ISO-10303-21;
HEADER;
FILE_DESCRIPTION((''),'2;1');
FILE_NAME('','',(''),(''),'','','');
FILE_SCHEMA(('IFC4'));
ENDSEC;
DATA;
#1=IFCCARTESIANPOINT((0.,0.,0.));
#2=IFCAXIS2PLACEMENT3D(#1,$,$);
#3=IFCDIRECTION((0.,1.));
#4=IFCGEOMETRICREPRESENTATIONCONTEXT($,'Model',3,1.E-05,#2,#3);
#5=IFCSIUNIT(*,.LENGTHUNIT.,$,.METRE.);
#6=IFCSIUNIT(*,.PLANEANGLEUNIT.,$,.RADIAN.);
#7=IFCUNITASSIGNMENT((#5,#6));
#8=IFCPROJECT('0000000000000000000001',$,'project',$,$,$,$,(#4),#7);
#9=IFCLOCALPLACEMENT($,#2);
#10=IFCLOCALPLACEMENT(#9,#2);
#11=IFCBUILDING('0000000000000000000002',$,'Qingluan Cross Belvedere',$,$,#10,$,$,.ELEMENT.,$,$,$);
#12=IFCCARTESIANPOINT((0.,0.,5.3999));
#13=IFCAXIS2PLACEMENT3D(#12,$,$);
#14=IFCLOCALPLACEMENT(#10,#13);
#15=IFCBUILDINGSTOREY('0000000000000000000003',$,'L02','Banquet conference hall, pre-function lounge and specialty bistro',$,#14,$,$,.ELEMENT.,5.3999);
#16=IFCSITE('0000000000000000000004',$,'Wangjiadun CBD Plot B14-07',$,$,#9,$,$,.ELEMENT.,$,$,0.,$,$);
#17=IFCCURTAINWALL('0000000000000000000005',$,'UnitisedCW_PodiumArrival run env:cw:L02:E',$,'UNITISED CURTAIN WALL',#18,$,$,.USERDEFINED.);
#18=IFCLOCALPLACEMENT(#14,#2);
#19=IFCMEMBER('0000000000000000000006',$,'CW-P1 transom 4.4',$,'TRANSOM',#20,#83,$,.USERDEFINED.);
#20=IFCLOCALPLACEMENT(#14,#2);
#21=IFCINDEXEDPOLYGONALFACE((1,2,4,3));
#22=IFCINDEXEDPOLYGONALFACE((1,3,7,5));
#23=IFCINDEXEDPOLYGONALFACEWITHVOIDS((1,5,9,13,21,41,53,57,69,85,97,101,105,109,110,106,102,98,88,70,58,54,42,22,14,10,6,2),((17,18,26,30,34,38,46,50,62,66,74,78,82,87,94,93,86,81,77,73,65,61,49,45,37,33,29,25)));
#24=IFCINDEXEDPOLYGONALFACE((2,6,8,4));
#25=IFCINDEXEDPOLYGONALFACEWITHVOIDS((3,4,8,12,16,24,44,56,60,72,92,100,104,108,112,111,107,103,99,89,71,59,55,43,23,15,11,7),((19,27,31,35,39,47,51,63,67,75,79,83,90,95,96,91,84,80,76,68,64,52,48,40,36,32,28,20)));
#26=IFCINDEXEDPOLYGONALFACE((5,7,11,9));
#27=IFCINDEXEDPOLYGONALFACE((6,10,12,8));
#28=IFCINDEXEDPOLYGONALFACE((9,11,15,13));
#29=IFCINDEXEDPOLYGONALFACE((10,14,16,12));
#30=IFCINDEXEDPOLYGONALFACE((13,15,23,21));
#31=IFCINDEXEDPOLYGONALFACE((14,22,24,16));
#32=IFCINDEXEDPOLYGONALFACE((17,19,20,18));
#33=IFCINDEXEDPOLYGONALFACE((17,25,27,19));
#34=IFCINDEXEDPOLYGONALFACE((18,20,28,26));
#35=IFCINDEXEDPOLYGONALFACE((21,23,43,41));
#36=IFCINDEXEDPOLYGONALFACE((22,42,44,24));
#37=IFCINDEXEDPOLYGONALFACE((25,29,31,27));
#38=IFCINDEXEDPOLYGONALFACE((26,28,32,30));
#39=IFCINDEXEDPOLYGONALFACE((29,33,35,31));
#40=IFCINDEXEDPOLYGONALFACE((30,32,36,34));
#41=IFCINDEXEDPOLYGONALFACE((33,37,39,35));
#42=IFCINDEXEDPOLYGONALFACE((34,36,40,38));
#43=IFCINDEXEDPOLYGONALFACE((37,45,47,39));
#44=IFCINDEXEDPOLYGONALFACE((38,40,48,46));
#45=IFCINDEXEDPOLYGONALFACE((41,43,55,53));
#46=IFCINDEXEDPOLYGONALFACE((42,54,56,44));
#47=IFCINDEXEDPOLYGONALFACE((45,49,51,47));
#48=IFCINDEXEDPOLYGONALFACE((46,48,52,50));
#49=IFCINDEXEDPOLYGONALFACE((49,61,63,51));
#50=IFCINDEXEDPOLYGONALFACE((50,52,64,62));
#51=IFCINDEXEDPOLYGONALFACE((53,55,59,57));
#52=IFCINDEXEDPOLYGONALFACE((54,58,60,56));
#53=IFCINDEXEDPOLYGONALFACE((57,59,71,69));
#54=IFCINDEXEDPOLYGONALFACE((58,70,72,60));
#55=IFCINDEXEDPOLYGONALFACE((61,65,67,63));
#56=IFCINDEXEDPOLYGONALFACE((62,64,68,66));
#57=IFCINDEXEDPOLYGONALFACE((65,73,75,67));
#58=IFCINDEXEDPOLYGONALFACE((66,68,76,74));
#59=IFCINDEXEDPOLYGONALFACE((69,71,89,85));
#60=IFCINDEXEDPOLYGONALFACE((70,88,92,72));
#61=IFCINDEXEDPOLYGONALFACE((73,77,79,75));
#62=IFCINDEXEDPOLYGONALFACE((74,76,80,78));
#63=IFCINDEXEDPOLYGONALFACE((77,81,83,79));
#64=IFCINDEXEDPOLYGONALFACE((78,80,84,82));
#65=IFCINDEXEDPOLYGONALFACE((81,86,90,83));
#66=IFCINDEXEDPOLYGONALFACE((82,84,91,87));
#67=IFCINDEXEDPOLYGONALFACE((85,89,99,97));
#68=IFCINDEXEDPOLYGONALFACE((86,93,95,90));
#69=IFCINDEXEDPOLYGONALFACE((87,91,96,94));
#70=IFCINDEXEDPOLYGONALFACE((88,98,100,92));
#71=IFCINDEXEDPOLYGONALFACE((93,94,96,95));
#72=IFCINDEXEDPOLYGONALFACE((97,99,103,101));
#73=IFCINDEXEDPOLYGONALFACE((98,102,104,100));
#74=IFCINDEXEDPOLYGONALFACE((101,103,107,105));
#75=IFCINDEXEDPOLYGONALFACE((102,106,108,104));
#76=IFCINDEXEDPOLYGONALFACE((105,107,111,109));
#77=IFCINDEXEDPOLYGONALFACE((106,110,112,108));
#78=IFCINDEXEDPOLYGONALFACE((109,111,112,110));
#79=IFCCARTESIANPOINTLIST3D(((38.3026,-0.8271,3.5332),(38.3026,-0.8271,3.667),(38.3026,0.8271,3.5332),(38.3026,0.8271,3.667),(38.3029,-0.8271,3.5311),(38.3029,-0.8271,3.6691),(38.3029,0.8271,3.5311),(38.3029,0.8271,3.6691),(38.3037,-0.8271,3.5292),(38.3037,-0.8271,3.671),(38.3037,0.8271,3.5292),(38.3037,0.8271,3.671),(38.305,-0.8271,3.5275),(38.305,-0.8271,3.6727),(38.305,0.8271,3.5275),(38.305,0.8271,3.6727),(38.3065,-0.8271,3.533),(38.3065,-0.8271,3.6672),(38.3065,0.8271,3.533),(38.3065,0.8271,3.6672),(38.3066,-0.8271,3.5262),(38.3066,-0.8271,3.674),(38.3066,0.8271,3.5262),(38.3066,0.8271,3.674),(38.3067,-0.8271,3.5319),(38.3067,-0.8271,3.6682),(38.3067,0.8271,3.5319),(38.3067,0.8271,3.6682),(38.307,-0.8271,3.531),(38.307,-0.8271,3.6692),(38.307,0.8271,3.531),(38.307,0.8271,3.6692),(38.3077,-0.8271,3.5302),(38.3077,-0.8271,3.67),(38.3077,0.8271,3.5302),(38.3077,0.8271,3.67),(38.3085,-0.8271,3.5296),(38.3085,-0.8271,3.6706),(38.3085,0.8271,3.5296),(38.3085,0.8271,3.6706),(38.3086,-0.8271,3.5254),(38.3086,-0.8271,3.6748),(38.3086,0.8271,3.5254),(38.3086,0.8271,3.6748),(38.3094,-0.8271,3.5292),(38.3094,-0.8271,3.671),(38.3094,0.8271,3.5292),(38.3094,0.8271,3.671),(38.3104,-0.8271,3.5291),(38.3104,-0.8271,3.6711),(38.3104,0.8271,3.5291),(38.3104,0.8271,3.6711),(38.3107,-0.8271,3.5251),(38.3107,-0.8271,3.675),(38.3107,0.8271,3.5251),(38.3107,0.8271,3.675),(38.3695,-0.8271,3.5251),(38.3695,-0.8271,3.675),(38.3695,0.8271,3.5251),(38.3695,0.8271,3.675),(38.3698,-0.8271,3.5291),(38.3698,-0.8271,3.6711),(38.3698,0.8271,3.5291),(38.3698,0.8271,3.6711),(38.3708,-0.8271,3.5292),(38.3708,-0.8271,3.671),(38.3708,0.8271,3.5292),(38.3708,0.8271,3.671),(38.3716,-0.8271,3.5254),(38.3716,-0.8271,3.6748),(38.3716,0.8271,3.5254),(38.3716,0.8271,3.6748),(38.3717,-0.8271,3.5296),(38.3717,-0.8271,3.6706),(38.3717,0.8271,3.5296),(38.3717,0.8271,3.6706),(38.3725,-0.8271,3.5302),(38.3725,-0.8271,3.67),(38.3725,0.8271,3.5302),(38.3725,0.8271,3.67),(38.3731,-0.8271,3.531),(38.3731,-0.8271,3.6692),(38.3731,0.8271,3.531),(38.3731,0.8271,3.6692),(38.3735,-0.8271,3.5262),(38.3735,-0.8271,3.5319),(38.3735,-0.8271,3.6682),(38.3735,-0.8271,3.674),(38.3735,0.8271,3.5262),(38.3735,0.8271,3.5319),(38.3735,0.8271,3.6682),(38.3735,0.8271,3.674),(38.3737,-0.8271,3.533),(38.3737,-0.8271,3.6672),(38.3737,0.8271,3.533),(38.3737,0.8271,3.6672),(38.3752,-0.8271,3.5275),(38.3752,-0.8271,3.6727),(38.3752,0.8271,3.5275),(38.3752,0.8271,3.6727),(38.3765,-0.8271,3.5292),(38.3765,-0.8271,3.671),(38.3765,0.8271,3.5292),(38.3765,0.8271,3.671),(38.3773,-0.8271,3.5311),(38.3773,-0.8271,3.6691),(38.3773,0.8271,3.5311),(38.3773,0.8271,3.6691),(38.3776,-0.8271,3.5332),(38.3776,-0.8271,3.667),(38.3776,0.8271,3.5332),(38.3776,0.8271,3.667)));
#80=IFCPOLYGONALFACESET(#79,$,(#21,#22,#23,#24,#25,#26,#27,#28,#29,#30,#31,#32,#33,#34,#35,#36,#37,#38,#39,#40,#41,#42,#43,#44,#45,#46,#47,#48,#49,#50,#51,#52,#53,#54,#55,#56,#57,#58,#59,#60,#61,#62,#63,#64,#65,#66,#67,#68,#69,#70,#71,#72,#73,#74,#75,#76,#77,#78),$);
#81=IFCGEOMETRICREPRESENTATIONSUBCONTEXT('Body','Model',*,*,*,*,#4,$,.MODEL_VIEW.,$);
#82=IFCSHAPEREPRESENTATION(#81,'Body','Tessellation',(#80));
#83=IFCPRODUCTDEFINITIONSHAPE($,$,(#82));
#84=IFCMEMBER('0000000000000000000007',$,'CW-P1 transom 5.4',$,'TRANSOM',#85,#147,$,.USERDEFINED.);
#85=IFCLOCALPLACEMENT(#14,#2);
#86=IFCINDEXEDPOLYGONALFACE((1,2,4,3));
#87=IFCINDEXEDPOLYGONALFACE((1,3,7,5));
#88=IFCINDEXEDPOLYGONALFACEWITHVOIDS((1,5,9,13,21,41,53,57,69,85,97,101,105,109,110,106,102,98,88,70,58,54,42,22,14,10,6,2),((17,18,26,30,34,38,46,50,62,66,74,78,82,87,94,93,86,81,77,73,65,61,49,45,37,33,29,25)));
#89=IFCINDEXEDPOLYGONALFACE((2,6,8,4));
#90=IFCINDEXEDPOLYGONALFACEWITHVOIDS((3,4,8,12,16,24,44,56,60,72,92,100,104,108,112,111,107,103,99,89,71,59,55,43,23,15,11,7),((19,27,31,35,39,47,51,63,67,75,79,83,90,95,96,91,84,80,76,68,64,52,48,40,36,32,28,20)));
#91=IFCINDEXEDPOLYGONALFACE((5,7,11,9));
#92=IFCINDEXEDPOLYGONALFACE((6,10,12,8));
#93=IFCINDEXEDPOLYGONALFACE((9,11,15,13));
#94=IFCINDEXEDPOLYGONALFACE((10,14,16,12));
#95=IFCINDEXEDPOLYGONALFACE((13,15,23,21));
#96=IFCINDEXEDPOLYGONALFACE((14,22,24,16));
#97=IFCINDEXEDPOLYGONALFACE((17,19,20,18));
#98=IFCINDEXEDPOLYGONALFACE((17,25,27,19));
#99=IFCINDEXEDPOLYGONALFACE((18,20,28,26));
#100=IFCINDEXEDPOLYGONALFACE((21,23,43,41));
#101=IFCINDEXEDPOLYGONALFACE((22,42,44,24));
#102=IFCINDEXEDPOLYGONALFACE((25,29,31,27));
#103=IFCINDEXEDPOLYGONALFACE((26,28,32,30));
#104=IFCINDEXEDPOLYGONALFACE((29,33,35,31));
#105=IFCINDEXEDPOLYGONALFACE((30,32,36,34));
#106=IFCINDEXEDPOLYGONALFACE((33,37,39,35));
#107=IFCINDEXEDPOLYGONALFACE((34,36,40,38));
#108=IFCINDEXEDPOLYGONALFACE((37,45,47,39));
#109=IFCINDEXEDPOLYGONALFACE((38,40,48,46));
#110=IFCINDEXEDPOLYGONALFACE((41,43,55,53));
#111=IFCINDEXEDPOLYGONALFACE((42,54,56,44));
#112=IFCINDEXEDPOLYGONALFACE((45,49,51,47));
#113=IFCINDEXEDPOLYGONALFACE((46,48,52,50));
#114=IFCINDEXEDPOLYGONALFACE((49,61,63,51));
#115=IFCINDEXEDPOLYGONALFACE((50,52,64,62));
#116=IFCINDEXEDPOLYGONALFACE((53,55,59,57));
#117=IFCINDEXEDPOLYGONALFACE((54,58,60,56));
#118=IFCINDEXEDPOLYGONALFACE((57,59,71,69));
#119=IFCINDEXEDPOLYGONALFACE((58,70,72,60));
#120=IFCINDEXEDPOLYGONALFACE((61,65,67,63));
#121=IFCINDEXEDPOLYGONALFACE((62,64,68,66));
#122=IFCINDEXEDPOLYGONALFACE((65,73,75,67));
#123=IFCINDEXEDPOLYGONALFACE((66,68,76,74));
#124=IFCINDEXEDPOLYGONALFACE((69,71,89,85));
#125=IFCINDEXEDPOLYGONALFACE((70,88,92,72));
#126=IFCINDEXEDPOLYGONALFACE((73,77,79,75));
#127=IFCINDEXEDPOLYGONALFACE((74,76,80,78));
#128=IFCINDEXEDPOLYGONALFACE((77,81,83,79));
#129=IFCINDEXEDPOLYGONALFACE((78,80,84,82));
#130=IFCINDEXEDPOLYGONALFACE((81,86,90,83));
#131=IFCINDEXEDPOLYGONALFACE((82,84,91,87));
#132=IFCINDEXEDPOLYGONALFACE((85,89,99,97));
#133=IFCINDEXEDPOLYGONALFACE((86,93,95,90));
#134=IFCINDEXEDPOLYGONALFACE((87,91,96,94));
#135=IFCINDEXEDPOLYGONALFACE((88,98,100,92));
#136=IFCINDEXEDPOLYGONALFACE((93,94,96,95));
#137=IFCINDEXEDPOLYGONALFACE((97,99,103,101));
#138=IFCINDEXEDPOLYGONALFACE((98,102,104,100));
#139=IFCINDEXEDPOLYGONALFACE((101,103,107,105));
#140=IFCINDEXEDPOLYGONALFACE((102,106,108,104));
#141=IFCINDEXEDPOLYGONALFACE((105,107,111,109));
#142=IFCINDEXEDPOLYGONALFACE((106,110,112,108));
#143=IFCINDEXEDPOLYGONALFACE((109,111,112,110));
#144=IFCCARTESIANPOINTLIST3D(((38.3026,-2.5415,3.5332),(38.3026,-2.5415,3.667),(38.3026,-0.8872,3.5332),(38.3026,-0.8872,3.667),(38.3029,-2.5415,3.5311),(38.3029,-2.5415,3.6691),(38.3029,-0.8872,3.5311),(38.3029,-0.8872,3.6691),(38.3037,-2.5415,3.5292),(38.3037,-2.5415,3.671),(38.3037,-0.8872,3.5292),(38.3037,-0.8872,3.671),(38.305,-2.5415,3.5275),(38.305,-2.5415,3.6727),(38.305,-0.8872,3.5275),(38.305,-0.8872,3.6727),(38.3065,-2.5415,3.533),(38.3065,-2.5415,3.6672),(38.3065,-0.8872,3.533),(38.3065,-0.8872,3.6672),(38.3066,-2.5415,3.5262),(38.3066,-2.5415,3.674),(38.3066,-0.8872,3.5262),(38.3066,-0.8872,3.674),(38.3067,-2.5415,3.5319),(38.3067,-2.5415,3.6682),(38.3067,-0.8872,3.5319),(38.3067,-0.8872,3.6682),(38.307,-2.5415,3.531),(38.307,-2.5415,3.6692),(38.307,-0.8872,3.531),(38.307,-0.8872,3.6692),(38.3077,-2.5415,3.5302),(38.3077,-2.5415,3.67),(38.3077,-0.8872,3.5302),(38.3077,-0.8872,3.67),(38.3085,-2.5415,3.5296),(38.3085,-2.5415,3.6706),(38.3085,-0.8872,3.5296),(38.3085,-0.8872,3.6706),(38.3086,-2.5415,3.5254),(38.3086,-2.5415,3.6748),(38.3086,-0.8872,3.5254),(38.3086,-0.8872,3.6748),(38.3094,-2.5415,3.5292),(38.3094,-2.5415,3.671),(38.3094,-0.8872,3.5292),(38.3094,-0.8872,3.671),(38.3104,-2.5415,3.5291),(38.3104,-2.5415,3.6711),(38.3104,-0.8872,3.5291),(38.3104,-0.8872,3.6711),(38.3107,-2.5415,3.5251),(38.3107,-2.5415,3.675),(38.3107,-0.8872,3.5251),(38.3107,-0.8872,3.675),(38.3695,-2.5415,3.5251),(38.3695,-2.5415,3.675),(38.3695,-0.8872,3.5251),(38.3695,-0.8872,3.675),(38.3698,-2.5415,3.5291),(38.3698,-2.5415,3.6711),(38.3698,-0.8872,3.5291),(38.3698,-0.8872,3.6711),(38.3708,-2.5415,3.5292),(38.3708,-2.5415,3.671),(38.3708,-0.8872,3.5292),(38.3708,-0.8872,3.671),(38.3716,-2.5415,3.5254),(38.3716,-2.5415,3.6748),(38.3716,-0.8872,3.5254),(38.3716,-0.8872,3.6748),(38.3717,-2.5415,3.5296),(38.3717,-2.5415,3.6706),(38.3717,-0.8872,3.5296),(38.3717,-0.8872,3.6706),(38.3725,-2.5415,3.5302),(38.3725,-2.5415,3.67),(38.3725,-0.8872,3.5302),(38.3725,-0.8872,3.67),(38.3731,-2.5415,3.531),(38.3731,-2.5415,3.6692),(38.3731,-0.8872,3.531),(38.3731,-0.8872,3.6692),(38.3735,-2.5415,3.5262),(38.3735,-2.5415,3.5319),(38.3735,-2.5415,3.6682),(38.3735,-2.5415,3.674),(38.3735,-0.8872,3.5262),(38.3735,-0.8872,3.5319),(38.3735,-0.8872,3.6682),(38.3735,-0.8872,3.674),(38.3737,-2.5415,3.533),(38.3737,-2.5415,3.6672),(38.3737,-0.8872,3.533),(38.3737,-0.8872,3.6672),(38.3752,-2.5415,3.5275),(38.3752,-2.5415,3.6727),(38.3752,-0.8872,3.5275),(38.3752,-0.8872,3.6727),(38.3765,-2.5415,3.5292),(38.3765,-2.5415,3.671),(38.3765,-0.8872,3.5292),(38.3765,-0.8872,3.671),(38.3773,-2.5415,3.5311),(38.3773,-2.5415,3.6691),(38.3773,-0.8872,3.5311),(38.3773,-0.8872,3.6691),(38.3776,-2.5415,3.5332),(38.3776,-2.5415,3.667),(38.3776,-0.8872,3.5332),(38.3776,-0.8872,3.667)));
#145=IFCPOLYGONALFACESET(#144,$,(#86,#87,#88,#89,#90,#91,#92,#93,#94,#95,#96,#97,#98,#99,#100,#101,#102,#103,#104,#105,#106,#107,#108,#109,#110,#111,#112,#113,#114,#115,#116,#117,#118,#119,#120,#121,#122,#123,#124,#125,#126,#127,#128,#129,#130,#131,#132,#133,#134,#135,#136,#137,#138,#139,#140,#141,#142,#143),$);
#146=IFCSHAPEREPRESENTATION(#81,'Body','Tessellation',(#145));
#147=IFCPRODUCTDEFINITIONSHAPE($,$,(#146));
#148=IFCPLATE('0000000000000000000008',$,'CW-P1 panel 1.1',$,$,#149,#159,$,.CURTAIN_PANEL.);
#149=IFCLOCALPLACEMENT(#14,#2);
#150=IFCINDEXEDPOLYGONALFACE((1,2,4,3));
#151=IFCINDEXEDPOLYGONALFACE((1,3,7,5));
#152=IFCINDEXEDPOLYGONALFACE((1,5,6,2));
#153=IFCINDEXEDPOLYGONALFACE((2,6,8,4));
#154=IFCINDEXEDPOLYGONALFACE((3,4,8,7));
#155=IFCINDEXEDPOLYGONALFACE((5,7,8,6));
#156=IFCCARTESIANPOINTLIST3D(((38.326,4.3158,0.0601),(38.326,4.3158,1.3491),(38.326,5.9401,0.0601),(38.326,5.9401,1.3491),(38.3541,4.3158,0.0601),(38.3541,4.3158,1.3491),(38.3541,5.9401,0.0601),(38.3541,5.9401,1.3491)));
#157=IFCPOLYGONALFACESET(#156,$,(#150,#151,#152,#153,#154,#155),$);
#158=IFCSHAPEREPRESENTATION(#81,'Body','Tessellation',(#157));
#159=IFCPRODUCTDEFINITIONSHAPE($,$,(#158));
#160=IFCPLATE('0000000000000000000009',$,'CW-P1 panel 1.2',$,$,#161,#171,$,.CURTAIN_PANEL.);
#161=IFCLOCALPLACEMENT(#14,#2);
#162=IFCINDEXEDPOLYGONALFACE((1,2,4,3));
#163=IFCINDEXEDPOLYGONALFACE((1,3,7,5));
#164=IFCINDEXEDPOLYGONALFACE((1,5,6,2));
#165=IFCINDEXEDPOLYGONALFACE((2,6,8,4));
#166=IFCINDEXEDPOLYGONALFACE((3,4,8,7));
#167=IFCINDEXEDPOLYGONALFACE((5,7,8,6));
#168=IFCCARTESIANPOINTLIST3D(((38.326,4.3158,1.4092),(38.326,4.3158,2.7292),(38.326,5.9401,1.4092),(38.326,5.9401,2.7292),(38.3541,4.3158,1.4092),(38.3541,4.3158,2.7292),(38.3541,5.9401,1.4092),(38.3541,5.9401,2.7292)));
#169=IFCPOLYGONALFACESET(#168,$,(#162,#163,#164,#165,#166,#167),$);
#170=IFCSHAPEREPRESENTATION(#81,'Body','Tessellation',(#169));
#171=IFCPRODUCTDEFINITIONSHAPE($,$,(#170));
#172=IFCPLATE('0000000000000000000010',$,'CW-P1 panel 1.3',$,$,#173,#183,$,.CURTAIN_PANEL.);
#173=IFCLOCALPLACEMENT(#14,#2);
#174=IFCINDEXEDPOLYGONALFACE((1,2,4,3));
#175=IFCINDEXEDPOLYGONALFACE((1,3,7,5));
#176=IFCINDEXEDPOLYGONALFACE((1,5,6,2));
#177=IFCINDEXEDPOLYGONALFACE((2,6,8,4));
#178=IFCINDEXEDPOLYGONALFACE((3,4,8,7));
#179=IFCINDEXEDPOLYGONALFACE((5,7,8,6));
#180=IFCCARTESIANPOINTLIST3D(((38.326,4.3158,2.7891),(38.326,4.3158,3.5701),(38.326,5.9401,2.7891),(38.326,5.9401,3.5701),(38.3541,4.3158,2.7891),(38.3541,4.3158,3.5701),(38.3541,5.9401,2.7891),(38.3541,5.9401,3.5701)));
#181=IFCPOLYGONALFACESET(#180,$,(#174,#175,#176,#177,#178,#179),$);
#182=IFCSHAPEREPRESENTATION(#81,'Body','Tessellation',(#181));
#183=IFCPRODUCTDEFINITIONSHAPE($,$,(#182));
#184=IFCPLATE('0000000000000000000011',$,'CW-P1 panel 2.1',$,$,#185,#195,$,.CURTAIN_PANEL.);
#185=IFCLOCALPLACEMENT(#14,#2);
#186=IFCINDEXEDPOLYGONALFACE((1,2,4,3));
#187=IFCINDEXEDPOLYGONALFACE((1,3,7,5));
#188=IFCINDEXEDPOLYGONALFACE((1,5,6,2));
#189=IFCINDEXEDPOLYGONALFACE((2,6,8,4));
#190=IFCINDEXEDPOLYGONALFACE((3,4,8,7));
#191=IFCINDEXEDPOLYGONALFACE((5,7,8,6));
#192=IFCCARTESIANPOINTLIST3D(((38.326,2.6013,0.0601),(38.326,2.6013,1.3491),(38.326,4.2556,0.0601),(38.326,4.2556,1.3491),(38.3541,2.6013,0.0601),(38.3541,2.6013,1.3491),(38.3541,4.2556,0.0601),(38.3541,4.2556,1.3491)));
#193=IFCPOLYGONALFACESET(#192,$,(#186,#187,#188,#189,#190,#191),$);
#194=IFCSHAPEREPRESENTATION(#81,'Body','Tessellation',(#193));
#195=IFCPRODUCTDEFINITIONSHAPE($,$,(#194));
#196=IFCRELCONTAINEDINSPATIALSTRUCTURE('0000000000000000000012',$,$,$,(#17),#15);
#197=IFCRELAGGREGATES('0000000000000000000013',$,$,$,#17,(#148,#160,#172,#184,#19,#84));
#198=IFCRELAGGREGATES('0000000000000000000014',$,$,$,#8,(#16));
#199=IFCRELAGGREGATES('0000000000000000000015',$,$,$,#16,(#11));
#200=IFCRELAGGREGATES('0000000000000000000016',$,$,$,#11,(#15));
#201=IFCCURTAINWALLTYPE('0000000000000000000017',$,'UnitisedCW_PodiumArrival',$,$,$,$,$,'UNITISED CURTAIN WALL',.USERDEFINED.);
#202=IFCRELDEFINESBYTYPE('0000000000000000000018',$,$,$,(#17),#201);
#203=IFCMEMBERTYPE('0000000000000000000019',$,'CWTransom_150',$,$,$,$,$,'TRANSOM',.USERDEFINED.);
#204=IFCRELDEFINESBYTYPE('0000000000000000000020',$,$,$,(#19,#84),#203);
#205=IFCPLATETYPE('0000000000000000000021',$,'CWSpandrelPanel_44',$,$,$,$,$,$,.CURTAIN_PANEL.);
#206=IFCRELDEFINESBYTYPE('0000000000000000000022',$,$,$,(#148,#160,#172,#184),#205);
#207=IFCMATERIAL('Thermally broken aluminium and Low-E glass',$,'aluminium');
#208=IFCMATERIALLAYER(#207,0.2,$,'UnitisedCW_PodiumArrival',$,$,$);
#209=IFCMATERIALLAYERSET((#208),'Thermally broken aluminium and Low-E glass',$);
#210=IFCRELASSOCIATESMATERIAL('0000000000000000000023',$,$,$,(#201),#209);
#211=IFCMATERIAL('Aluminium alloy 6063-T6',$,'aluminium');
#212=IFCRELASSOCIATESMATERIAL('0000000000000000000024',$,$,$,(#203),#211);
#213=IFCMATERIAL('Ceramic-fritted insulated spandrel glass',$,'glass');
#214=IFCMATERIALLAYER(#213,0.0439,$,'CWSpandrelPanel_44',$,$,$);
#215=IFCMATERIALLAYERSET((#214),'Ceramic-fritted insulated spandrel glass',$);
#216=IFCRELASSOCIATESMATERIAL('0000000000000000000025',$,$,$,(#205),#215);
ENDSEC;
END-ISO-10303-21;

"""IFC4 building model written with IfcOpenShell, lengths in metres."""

from ifc_helpers import new_model, si_unit, direction, frame, origin, origin_2d, place, context, subcontext, project, spatial, rectangle, hollow_rectangle, extrude, material, layer, layer_set, material_profile, profile_set, type_object, element, aggregate, save


model = new_model("IFC4")

# Units and contexts
model_context = context("Model", 3, precision=1e-05, world=origin(), true_north=direction((0.0, 1.0)))
body_context = subcontext(model_context, "Body", "Model", "MODEL_VIEW")
ifc_project = project(units=[si_unit("LENGTHUNIT", "METRE"), si_unit("PLANEANGLEUNIT", "RADIAN")], contexts=[model_context])

# Site, building, storey
site_placement = place(None, origin())
site = spatial("IfcSite", under=ifc_project, at=site_placement, Name="Wangjiadun CBD Plot B14-07", CompositionType="ELEMENT", RefElevation=0.0)
building_placement = place(site_placement, origin())
building = spatial("IfcBuilding", under=site, at=building_placement, Name="Qingluan Cross Belvedere", CompositionType="ELEMENT")
storey_placement = place(building_placement, frame((0.0, 0.0, 5.3999)))
storey = spatial("IfcBuildingStorey", under=building, at=storey_placement, Name="L02", Description="Banquet conference hall, pre-function lounge and specialty bistro", CompositionType="ELEMENT", Elevation=5.3999)

# Curtain wall, members, plates
ifc_material_1 = material(Name="Thermally broken aluminium and Low-E glass", Category="aluminium")
ifc_layer_1 = layer(ifc_material_1, 0.2, Name="UnitisedCW_PodiumArrival")
ifc_layer_set_1 = layer_set([ifc_layer_1], Name="Thermally broken aluminium and Low-E glass")
curtain_wall_type = type_object("IfcCurtainWallType", Name="UnitisedCW_PodiumArrival", ElementType="UNITISED CURTAIN WALL", PredefinedType="USERDEFINED", material=ifc_layer_set_1)
curtain_wall_placement = place(storey_placement, origin())
curtain_wall = element("IfcCurtainWall", 1, at=curtain_wall_placement, inside=storey, type_object=curtain_wall_type, Name="UnitisedCW_PodiumArrival run env:cw:L02:E", ObjectType="UNITISED CURTAIN WALL", PredefinedType="USERDEFINED")
ifc_material_2 = material(Name="Aluminium alloy 6063-T6", Category="aluminium")
ifc_material_profile_1 = material_profile(ifc_material_2, hollow_rectangle(XDim=0.075, YDim=0.1499, WallThickness=0.0039, InnerFilletRadius=0.0039, OuterFilletRadius=0.0081, at=origin_2d()), Name="CWT150x75x4")
ifc_profile_set_1 = profile_set([ifc_material_profile_1], Name="Aluminium alloy 6063-T6")
member_type_1 = type_object("IfcMemberType", Name="CWTransom_150", ElementType="TRANSOM", PredefinedType="USERDEFINED", material=ifc_profile_set_1)
member_1_placement = place(storey_placement, frame((38.3401, 0.8271, 3.6001), z_axis=(0.0, -1.0, 0.0), x_axis=(1.0, 0.0, 0.0)))
member_1 = element("IfcMember", 2, at=member_1_placement, type_object=member_type_1, Name="CW-P1 transom 4.4", ObjectType="TRANSOM", PredefinedType="USERDEFINED", context=body_context, shape_type="SweptSolid", body=[
    extrude(hollow_rectangle(XDim=0.075, YDim=0.1499, WallThickness=0.0039, InnerFilletRadius=0.0039, OuterFilletRadius=0.0081, at=origin_2d()), origin(), (0.0, 0.0, 1.0), 1.6543),
])
member_2_placement = place(storey_placement, frame((38.3401, -0.8872, 3.6001), z_axis=(0.0, -1.0, 0.0), x_axis=(1.0, 0.0, 0.0)))
member_2 = element("IfcMember", 3, at=member_2_placement, type_object=member_type_1, Name="CW-P1 transom 5.4", ObjectType="TRANSOM", PredefinedType="USERDEFINED", context=body_context, shape_type="SweptSolid", body=[
    extrude(hollow_rectangle(XDim=0.075, YDim=0.1499, WallThickness=0.0039, InnerFilletRadius=0.0039, OuterFilletRadius=0.0081, at=origin_2d()), origin(), (0.0, 0.0, 1.0), 1.6543),
])
ifc_material_3 = material(Name="Ceramic-fritted insulated spandrel glass", Category="glass")
ifc_layer_2 = layer(ifc_material_3, 0.0439, Name="CWSpandrelPanel_44")
ifc_layer_set_2 = layer_set([ifc_layer_2], Name="Ceramic-fritted insulated spandrel glass")
plate_type = type_object("IfcPlateType", Name="CWSpandrelPanel_44", PredefinedType="CURTAIN_PANEL", material=ifc_layer_set_2)
plate_1_placement = place(storey_placement, frame((38.3401, 5.1279, 0.0601), z_axis=(0.0, 0.0, 1.0), x_axis=(0.0, -1.0, 0.0)))
plate_1 = element("IfcPlate", 4, at=plate_1_placement, type_object=plate_type, Name="CW-P1 panel 1.1", PredefinedType="CURTAIN_PANEL", context=body_context, shape_type="SweptSolid", body=[
    extrude(rectangle(XDim=1.6243, YDim=0.0281, at=origin_2d()), origin(), (0.0, 0.0, 1.0), 1.2891),
])
plate_2_placement = place(storey_placement, frame((38.3401, 5.1279, 1.4092), z_axis=(0.0, 0.0, 1.0), x_axis=(0.0, -1.0, 0.0)))
plate_2 = element("IfcPlate", 5, at=plate_2_placement, type_object=plate_type, Name="CW-P1 panel 1.2", PredefinedType="CURTAIN_PANEL", context=body_context, shape_type="SweptSolid", body=[
    extrude(rectangle(XDim=1.6243, YDim=0.0281, at=origin_2d()), origin(), (0.0, 0.0, 1.0), 1.3201),
])
plate_3_placement = place(storey_placement, frame((38.3401, 5.1279, 2.7891), z_axis=(0.0, 0.0, 1.0), x_axis=(0.0, -1.0, 0.0)))
plate_3 = element("IfcPlate", 6, at=plate_3_placement, type_object=plate_type, Name="CW-P1 panel 1.3", PredefinedType="CURTAIN_PANEL", context=body_context, shape_type="SweptSolid", body=[
    extrude(rectangle(XDim=1.6243, YDim=0.0281, at=origin_2d()), origin(), (0.0, 0.0, 1.0), 0.781),
])
plate_4_placement = place(storey_placement, frame((38.3401, 3.4285, 0.0601), z_axis=(0.0, 0.0, 1.0), x_axis=(0.0, -1.0, 0.0)))
plate_4 = element("IfcPlate", 7, at=plate_4_placement, type_object=plate_type, Name="CW-P1 panel 2.1", PredefinedType="CURTAIN_PANEL", context=body_context, shape_type="SweptSolid", body=[
    extrude(rectangle(XDim=1.6543, YDim=0.0281, at=origin_2d()), origin(), (0.0, 0.0, 1.0), 1.2891),
])
aggregate(curtain_wall, [plate_1, plate_2, plate_3, plate_4, member_1, member_2])

save(model, "model.ifc")
